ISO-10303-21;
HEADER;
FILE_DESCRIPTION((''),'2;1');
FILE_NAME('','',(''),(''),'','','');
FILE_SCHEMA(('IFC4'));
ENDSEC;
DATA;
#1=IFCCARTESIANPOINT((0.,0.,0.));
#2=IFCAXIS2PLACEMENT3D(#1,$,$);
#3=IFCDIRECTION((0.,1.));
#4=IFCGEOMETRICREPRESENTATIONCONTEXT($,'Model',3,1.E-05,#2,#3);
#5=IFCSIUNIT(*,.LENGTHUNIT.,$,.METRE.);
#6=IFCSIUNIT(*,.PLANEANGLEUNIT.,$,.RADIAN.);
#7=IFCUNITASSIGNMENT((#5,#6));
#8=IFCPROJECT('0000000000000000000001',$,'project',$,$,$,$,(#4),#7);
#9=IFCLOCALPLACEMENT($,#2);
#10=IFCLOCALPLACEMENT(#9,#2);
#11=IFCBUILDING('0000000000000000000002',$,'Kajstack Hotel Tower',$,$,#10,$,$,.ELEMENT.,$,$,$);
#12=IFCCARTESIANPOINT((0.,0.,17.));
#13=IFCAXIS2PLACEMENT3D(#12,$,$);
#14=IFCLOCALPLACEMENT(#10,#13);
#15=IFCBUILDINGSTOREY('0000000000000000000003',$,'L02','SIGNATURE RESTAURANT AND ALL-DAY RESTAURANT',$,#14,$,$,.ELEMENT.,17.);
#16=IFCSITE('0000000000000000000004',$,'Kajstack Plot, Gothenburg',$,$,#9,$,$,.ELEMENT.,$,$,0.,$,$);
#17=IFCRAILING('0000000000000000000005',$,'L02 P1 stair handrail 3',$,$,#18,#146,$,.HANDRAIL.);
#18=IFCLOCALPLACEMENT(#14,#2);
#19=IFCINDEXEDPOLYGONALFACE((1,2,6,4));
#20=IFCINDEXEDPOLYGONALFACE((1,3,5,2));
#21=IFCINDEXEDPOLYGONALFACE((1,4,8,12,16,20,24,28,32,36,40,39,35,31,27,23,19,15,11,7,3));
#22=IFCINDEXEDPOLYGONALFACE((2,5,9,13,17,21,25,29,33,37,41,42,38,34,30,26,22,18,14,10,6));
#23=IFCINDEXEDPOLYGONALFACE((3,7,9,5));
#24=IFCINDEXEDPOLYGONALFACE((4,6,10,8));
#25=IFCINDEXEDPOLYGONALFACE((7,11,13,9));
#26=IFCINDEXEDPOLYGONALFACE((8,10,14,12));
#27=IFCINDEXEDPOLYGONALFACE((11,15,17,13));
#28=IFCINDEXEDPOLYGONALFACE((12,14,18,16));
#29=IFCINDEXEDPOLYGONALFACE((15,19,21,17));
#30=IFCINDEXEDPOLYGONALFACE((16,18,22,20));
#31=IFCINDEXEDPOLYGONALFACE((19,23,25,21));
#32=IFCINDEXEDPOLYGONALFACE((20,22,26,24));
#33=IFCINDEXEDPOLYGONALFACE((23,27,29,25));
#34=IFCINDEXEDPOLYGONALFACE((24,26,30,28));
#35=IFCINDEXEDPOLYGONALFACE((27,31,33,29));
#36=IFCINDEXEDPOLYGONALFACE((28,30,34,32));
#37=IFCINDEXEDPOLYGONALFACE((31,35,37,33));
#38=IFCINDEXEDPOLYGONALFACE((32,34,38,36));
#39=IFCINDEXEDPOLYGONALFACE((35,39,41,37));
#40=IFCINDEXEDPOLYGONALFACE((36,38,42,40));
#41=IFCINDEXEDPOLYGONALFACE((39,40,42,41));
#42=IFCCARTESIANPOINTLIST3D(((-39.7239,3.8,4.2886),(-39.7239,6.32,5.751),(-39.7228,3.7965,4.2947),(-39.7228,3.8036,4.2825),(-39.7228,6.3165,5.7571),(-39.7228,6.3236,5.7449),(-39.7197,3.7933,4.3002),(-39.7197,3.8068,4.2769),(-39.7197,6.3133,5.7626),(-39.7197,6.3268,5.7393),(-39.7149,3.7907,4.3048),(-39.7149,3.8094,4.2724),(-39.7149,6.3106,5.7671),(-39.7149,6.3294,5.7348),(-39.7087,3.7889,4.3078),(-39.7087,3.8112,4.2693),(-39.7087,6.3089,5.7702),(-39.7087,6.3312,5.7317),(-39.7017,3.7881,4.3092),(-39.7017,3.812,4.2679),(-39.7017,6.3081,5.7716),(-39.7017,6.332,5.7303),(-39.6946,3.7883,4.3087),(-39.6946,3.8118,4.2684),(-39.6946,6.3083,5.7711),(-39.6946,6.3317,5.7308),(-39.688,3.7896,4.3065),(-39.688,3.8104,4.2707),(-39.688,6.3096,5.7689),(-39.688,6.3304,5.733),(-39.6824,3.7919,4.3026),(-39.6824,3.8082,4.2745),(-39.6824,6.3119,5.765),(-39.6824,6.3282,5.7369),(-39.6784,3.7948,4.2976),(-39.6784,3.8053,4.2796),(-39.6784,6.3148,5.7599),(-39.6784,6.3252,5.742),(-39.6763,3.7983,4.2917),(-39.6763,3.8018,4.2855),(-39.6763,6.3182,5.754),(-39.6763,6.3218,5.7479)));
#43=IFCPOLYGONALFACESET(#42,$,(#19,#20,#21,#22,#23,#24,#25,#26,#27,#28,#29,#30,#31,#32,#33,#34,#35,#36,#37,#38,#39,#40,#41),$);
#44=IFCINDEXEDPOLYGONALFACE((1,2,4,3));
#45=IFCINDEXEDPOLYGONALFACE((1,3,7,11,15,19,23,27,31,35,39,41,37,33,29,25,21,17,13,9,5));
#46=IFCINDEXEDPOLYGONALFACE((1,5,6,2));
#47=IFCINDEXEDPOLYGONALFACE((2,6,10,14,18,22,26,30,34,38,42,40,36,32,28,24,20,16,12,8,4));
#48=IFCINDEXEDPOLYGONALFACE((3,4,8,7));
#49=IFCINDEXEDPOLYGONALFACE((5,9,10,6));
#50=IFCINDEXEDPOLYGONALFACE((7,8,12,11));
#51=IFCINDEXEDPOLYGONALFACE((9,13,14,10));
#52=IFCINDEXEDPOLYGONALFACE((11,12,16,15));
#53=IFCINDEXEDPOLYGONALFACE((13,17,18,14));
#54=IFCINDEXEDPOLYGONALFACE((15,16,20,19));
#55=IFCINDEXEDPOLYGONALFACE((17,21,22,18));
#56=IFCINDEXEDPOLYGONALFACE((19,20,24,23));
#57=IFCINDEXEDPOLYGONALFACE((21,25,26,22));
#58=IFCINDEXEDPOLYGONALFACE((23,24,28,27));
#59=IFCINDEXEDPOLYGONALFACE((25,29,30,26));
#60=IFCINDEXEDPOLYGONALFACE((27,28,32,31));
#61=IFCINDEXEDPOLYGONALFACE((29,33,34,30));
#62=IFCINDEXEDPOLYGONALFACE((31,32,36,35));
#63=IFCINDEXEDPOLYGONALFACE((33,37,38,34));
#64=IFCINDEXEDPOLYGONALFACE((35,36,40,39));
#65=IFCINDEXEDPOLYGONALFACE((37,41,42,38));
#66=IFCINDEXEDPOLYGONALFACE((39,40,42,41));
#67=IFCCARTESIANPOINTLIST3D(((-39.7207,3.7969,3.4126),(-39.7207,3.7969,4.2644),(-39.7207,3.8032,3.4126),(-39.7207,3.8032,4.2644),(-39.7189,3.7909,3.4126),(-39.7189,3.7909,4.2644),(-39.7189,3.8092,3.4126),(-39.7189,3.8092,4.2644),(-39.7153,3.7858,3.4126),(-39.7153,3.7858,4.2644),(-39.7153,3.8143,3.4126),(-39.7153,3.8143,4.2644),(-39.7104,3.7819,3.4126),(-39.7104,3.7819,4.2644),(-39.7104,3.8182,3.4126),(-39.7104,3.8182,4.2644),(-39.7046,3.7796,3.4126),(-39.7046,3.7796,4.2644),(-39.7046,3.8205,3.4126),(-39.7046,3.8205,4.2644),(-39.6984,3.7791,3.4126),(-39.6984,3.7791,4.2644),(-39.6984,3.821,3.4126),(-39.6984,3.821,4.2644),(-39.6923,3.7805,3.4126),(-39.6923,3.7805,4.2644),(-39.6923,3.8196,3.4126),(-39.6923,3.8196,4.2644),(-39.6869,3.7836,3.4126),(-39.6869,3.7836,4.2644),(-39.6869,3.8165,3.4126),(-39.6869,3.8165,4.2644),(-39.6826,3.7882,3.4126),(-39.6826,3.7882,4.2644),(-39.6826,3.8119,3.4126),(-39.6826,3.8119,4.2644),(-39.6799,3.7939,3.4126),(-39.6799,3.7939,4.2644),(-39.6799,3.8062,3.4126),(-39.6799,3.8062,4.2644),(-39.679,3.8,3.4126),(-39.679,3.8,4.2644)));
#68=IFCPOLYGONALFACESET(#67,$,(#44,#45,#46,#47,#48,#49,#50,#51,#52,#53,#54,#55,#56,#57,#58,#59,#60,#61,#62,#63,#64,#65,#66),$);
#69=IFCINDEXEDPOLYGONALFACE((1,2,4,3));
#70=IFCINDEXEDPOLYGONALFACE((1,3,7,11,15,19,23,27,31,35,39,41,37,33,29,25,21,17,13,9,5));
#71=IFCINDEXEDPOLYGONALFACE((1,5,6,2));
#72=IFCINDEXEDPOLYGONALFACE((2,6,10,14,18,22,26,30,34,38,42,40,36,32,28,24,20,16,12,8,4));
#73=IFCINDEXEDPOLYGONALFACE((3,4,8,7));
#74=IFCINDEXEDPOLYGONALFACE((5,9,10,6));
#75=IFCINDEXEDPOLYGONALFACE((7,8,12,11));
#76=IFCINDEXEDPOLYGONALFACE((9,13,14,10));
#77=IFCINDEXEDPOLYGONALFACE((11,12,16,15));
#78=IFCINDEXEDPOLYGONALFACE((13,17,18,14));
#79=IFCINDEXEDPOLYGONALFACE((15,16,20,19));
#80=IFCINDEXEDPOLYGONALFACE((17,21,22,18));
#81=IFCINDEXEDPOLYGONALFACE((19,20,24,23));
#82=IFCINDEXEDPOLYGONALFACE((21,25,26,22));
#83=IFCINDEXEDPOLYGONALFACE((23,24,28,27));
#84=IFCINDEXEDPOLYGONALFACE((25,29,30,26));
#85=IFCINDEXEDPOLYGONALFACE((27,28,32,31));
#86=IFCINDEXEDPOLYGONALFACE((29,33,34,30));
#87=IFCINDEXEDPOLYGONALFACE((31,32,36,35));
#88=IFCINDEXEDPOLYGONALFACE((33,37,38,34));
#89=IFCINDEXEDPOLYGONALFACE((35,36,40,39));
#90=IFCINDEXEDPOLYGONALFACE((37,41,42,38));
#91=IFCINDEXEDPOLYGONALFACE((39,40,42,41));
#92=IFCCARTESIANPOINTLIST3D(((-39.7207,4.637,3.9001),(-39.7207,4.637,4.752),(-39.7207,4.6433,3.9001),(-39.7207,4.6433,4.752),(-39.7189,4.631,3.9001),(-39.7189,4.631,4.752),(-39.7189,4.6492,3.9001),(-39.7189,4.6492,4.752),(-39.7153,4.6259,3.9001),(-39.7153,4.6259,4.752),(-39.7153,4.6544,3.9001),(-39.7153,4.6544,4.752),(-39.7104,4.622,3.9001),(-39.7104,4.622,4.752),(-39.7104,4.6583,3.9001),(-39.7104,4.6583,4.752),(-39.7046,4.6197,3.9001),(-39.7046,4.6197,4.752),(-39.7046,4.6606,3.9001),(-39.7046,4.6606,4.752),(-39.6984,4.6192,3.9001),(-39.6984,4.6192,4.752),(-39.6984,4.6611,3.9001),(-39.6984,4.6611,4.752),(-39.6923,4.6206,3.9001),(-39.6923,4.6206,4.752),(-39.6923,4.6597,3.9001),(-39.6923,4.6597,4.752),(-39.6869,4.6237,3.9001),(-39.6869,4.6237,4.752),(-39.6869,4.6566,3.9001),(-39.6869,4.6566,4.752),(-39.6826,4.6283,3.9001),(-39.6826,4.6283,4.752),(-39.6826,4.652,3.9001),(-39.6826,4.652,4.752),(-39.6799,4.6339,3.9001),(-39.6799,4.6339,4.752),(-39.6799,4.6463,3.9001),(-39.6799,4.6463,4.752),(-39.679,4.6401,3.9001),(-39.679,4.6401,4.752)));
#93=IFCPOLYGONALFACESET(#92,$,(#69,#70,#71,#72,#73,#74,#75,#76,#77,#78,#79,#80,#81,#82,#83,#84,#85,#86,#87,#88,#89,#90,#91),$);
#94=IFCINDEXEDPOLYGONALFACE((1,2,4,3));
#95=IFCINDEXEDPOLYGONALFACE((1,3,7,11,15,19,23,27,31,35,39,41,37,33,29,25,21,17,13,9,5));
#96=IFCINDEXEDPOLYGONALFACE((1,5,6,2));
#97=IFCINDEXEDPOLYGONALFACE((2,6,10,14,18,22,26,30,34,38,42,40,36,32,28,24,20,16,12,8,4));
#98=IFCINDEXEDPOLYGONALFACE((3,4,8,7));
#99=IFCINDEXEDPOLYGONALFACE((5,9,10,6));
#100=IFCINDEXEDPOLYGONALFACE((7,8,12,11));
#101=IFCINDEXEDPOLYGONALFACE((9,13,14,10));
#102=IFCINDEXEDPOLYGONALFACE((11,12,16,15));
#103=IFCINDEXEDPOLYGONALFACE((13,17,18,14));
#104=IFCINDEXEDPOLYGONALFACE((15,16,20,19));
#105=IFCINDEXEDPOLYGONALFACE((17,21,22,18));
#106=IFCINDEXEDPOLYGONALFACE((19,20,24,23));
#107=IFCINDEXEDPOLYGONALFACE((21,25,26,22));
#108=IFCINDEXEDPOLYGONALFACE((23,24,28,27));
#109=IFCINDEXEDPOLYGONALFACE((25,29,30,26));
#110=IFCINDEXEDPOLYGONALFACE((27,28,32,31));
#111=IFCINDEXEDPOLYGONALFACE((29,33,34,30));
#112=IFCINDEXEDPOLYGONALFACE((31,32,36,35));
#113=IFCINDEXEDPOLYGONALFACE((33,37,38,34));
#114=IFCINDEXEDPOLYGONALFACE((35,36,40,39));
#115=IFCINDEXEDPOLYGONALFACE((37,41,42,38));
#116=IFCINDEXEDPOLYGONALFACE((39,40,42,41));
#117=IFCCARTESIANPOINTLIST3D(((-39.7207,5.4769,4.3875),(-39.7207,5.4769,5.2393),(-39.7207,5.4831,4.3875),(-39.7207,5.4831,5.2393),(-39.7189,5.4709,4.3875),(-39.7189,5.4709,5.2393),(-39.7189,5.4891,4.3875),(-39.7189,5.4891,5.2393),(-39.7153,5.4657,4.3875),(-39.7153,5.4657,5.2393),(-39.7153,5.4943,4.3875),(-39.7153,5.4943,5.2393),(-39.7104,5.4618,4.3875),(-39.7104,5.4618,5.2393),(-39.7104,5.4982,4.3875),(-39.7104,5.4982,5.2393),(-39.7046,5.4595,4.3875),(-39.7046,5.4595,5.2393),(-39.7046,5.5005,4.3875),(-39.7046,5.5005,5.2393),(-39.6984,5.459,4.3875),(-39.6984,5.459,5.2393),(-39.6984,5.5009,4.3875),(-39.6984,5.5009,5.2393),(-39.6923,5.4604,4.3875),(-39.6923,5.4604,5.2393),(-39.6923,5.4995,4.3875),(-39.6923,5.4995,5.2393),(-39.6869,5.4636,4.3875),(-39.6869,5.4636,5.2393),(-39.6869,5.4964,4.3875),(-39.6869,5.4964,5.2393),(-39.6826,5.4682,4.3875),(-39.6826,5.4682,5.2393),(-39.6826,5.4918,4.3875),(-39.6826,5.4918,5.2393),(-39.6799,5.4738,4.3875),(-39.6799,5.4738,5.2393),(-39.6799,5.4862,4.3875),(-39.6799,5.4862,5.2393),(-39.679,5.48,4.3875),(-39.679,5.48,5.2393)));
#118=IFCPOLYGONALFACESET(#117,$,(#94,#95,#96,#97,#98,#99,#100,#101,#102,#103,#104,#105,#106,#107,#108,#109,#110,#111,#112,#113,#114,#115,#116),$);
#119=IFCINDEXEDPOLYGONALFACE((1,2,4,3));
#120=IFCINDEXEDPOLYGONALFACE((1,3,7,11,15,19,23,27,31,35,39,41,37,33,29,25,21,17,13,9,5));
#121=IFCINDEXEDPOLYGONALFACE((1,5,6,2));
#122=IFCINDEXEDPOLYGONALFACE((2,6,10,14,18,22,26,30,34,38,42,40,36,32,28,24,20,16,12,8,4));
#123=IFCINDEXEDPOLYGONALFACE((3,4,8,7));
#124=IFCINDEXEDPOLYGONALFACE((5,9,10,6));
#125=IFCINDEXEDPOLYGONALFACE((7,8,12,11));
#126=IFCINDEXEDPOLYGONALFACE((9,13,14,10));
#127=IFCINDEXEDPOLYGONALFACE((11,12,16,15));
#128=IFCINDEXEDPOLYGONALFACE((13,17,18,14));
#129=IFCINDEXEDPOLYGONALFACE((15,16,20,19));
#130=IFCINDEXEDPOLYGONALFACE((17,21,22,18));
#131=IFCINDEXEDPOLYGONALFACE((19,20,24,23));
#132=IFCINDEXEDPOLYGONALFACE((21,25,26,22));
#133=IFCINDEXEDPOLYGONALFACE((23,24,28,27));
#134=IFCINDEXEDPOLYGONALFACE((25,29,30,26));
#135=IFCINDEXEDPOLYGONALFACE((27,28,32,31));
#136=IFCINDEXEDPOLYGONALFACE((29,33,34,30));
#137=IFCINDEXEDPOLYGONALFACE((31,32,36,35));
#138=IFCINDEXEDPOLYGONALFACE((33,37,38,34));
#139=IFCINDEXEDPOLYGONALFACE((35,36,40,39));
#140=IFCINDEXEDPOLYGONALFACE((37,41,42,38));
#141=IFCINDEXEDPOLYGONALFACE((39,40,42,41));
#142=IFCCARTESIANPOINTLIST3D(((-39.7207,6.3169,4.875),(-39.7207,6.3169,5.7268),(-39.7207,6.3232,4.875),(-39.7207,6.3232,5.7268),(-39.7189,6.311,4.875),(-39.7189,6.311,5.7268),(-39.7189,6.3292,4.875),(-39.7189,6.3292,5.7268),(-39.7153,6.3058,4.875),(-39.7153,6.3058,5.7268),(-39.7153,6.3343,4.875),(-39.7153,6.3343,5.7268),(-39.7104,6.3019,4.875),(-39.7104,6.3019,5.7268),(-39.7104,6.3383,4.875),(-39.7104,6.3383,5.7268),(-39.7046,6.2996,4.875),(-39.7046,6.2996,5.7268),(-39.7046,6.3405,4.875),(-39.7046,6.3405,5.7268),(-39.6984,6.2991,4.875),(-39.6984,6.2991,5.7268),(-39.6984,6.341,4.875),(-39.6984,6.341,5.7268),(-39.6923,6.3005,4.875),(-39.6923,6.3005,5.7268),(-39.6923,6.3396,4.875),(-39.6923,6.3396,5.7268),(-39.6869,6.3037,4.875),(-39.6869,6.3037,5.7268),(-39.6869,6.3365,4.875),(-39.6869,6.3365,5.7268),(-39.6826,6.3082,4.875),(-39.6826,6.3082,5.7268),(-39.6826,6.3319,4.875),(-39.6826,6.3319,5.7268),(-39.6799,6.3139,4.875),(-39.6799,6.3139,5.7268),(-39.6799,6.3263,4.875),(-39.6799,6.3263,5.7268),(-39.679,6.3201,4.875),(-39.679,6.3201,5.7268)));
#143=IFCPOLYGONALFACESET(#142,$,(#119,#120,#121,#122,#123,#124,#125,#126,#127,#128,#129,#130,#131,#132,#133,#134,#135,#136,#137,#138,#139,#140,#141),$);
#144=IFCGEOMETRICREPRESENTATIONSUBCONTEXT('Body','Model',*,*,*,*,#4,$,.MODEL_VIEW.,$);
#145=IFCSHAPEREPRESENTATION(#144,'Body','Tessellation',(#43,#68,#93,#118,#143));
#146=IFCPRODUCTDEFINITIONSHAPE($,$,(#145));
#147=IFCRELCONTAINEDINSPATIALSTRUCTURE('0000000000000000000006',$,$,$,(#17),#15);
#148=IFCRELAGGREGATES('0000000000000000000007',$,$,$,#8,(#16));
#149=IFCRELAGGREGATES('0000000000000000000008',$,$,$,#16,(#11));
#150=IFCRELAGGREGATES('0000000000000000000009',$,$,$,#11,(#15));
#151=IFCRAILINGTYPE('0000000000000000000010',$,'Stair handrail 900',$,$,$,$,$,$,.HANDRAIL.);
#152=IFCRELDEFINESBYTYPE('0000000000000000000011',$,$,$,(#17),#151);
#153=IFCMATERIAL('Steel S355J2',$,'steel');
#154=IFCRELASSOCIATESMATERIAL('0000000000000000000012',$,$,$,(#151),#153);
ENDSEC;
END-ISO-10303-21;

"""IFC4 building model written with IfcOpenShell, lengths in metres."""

from ifc_helpers import new_model, si_unit, direction, frame, origin, origin_2d, place, context, subcontext, project, spatial, circle, extrude, material, type_object, element, save


model = new_model("IFC4")

# Units and contexts
model_context = context("Model", 3, precision=1e-05, world=origin(), true_north=direction((0.0, 1.0)))
body_context = subcontext(model_context, "Body", "Model", "MODEL_VIEW")
ifc_project = project(units=[si_unit("LENGTHUNIT", "METRE"), si_unit("PLANEANGLEUNIT", "RADIAN")], contexts=[model_context])

# Site, building, storey
site_placement = place(None, origin())
site = spatial("IfcSite", under=ifc_project, at=site_placement, Name="Kajstack Plot, Gothenburg", CompositionType="ELEMENT", RefElevation=0.0)
building_placement = place(site_placement, origin())
building = spatial("IfcBuilding", under=site, at=building_placement, Name="Kajstack Hotel Tower", CompositionType="ELEMENT")
storey_placement = place(building_placement, frame((0.0, 0.0, 17.0)))
storey = spatial("IfcBuildingStorey", under=building, at=storey_placement, Name="L02", Description="SIGNATURE RESTAURANT AND ALL-DAY RESTAURANT", CompositionType="ELEMENT", Elevation=17.0)

# Railing
ifc_material_1 = material(Name="Steel S355J2", Category="steel")
railing_type_1 = type_object("IfcRailingType", Name="Stair handrail 900", PredefinedType="HANDRAIL", material=ifc_material_1)
railing_1_placement = place(storey_placement, frame((-39.7, 3.8, 3.4126)))
element("IfcRailing", 1, at=railing_1_placement, inside=storey, type_object=railing_type_1, Name="L02 P1 stair handrail 3", PredefinedType="HANDRAIL", context=body_context, shape_type="SweptSolid", body=[
    extrude(circle(Radius=0.0239, at=origin_2d()), frame((0.0, 0.0, 0.876), z_axis=(0.0, 0.864913, 0.501921), x_axis=(-1.0, 0.0, 0.0)), (0.0, 0.0, 1.0), 2.9136),
    extrude(circle(Radius=0.021, at=origin_2d()), origin(), (0.0, 0.0, 1.0), 0.8518),
    extrude(circle(Radius=0.021, at=origin_2d()), frame((0.0, 0.8401, 0.4875)), (0.0, 0.0, 1.0), 0.8518),
    extrude(circle(Radius=0.021, at=origin_2d()), frame((0.0, 1.6799, 0.9749)), (0.0, 0.0, 1.0), 0.8518),
    extrude(circle(Radius=0.021, at=origin_2d()), frame((0.0, 2.52, 1.4624)), (0.0, 0.0, 1.0), 0.8518),
])

save(model, "model.ifc")
